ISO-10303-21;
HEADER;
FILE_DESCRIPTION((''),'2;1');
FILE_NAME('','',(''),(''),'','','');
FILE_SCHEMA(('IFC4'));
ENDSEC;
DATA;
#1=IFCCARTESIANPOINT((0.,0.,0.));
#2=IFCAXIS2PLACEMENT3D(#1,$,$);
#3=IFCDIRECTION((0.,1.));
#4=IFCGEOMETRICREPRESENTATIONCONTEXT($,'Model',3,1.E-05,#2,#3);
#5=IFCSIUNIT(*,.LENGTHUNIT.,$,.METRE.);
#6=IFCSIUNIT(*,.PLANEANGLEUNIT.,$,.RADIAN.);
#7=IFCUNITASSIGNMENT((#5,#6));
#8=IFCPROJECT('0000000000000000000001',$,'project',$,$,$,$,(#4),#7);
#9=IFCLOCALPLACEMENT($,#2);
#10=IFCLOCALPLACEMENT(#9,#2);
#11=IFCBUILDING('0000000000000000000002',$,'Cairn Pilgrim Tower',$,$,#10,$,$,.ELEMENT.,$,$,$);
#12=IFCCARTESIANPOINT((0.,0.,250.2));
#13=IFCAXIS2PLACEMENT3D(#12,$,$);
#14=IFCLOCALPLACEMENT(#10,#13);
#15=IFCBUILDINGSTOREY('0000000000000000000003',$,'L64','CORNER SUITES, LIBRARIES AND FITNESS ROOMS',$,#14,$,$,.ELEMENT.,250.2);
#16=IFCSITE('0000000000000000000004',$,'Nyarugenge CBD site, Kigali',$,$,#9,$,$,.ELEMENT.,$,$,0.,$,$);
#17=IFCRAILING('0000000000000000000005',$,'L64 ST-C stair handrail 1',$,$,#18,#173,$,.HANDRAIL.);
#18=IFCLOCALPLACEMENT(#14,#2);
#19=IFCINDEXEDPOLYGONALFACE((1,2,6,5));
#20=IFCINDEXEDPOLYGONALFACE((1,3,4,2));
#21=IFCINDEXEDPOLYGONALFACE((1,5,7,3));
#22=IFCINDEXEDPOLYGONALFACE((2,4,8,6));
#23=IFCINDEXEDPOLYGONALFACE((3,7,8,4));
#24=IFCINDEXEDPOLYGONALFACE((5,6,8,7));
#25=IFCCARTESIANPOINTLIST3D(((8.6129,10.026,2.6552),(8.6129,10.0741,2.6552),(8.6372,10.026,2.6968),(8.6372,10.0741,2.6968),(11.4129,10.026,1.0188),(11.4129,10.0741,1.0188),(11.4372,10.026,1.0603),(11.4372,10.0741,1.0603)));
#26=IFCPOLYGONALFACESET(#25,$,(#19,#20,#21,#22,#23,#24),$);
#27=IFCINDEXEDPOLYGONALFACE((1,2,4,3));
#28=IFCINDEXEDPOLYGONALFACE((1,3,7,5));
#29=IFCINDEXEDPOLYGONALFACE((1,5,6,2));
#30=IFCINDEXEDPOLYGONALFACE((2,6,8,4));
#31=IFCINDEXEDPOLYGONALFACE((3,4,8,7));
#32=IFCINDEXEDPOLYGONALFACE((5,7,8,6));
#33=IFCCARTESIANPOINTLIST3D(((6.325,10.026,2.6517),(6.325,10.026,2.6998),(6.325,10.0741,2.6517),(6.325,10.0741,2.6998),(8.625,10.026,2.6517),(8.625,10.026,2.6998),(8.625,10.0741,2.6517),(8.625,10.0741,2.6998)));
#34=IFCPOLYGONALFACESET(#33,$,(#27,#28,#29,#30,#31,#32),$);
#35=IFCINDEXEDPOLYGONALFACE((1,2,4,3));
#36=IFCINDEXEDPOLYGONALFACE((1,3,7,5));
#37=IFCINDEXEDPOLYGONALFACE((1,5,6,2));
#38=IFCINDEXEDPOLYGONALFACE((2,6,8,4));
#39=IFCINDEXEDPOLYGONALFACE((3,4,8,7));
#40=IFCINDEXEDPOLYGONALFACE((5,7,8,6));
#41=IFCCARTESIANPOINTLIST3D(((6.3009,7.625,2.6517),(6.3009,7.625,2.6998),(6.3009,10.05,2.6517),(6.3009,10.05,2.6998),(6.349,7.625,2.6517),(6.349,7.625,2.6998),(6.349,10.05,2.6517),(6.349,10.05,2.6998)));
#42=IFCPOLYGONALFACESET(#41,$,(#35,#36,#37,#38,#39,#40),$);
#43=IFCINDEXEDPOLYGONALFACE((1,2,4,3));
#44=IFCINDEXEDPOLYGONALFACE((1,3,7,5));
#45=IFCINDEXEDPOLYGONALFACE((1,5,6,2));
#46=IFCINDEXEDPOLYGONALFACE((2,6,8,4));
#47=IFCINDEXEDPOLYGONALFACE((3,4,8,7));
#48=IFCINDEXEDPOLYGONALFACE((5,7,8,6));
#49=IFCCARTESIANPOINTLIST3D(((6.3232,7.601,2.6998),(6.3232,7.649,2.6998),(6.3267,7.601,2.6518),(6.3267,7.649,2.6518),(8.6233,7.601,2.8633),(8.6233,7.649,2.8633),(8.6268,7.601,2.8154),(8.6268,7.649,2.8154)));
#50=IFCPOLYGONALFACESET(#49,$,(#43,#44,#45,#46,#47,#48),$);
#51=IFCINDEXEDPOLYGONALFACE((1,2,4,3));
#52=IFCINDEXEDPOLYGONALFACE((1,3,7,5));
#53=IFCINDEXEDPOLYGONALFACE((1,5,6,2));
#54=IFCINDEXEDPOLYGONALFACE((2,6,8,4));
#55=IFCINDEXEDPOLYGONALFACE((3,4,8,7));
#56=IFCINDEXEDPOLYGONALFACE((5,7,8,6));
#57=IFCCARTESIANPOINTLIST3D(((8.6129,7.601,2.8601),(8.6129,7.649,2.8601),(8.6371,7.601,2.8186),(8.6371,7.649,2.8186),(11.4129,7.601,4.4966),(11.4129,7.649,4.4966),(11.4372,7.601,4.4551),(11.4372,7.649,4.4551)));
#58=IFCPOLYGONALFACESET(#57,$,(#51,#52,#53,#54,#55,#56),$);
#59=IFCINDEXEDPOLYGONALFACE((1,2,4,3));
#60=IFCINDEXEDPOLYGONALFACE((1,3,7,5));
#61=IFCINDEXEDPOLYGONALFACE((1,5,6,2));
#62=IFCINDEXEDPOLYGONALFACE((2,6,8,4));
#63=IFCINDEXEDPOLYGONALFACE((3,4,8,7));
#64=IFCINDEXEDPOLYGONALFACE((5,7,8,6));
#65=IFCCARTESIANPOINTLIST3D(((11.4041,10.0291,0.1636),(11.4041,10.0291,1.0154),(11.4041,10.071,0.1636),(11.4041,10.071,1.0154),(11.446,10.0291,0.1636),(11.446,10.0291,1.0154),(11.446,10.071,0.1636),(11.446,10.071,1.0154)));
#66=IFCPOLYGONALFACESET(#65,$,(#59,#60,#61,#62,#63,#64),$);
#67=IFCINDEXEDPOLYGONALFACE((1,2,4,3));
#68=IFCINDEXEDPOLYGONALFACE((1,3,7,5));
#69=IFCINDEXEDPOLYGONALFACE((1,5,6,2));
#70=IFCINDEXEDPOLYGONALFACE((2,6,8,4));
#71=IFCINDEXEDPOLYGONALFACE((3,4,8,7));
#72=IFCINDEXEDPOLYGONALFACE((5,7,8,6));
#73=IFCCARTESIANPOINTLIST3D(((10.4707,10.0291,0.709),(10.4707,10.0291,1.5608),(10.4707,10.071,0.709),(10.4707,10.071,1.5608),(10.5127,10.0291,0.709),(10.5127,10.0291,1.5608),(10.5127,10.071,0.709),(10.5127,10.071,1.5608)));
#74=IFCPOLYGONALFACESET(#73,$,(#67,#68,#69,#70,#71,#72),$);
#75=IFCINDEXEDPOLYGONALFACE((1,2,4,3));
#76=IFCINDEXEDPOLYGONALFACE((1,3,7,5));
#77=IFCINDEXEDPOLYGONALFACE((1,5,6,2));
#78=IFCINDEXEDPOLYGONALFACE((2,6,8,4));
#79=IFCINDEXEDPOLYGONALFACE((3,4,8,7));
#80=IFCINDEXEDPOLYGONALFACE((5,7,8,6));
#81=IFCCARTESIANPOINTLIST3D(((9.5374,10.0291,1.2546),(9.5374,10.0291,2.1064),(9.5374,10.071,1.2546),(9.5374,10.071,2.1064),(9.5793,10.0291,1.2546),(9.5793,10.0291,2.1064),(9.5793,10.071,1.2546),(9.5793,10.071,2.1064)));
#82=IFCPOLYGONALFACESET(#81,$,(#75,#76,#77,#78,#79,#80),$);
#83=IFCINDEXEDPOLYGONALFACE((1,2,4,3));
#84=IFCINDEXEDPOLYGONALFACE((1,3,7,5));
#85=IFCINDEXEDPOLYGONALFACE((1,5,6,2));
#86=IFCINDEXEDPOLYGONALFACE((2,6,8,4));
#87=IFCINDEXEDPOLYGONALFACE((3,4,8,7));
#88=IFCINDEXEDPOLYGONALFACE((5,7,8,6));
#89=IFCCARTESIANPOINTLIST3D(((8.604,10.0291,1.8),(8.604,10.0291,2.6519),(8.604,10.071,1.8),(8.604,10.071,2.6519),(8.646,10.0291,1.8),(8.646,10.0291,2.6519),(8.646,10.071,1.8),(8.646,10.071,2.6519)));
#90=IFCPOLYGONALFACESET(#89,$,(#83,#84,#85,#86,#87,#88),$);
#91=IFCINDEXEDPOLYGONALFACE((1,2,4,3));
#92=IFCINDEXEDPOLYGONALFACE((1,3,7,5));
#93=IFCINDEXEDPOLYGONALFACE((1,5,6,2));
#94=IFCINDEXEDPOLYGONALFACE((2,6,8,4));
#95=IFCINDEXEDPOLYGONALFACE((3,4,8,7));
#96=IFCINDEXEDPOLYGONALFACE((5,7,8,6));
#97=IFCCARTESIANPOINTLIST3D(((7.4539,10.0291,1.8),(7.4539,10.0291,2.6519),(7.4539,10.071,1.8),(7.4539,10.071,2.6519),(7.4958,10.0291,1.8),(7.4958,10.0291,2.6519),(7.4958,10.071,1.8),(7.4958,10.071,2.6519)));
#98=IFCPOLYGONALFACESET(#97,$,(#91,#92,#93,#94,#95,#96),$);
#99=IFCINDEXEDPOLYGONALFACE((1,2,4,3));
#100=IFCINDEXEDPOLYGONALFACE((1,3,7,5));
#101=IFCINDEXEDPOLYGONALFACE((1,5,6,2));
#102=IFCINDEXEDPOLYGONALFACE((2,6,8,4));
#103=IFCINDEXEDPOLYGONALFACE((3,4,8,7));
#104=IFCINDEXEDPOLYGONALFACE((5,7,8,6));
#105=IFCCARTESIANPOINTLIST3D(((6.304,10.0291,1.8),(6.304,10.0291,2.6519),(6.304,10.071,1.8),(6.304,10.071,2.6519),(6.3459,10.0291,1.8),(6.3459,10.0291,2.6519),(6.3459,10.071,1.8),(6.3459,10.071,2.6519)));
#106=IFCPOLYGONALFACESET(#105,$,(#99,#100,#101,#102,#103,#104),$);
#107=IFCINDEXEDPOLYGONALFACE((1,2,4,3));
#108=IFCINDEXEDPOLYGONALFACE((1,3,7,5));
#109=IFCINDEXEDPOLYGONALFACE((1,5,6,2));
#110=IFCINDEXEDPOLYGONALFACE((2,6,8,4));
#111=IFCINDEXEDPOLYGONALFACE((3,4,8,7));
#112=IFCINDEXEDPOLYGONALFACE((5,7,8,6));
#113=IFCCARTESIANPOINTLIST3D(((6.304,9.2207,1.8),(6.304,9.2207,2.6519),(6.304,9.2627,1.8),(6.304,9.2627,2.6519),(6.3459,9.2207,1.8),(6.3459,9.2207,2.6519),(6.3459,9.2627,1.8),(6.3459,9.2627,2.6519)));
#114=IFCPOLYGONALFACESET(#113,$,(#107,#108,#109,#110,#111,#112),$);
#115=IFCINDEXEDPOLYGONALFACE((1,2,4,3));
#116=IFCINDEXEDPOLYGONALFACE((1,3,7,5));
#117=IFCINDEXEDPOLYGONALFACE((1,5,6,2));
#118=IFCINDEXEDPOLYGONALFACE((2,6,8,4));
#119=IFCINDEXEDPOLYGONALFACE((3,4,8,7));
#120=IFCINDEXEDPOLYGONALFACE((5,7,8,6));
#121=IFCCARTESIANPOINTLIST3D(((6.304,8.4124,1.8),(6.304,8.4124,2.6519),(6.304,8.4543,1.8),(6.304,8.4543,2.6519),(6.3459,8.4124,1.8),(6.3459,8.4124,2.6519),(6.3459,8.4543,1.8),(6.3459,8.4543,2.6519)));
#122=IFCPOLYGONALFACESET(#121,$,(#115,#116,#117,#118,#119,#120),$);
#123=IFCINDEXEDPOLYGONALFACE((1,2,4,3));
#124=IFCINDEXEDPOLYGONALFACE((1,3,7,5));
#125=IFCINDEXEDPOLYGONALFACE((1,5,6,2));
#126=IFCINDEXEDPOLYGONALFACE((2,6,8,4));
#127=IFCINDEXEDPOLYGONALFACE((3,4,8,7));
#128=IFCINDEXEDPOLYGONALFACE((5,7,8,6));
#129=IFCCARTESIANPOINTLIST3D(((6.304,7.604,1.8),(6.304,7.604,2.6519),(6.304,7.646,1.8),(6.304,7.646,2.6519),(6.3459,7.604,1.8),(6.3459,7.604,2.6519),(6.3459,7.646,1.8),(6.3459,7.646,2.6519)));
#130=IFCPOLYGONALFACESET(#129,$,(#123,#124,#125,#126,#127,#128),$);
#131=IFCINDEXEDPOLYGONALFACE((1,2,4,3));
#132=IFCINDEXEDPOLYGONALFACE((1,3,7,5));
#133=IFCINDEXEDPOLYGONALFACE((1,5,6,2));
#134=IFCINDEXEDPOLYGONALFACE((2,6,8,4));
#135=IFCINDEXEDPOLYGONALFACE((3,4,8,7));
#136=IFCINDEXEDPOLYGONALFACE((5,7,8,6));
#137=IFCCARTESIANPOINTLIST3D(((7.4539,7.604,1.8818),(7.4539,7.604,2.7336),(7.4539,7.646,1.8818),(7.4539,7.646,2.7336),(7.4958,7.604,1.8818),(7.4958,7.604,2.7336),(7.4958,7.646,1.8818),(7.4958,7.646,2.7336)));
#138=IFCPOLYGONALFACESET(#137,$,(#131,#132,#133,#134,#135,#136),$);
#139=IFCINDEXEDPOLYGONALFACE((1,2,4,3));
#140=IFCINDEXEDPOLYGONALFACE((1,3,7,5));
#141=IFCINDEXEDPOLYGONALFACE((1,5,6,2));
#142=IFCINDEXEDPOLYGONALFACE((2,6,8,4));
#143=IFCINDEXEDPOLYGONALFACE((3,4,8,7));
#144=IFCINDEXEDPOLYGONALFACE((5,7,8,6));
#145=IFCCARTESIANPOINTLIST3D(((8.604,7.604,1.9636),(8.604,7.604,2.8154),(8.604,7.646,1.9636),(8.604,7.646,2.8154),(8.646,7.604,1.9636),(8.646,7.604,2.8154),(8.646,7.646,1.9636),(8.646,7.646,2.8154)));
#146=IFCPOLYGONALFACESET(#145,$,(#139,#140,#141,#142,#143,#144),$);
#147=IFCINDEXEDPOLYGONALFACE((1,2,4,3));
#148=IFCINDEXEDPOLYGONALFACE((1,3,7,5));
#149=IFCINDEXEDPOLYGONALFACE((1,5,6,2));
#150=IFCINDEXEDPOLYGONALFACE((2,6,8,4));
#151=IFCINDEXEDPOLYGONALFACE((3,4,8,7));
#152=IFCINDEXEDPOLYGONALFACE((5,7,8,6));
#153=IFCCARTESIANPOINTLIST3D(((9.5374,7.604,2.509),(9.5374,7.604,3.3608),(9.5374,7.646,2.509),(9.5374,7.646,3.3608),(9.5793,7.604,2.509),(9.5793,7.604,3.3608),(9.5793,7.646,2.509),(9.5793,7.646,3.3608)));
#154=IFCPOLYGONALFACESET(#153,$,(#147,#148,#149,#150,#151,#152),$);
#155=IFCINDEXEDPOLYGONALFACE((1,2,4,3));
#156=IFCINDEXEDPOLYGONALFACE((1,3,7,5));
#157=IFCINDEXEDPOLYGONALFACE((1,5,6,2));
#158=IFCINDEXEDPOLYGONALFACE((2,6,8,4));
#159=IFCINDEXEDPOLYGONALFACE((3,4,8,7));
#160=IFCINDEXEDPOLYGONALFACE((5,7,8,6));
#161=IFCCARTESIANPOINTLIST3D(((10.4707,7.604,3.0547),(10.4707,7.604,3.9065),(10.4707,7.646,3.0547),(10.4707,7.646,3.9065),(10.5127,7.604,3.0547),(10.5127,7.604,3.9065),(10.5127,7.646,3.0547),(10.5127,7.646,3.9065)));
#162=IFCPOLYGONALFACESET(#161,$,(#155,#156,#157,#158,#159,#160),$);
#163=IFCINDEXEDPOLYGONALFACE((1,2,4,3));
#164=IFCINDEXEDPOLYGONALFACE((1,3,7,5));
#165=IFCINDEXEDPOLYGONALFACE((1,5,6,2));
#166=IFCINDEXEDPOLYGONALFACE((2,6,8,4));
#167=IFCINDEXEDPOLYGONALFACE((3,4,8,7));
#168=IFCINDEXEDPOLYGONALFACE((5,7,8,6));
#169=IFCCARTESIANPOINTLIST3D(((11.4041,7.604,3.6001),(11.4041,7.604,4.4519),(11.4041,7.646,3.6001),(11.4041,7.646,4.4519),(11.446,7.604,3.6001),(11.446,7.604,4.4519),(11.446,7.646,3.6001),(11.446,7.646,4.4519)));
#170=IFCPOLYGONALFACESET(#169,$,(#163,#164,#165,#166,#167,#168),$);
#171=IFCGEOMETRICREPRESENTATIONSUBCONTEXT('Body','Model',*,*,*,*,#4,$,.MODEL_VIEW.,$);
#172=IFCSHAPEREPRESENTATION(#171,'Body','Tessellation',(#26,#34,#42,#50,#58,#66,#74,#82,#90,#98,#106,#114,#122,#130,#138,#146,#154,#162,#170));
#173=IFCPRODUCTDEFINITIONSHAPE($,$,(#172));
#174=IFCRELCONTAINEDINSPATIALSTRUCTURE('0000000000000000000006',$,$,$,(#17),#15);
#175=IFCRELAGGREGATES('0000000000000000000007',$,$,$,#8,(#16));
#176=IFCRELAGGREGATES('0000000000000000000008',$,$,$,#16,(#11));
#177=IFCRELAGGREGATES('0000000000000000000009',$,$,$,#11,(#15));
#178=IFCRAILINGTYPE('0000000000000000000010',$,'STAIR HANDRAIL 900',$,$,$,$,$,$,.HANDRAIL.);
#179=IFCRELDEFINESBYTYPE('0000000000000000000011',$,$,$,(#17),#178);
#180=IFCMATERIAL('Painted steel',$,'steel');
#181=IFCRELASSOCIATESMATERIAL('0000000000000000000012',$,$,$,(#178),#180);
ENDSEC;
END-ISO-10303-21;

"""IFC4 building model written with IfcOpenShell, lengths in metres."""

from ifc_helpers import new_model, si_unit, direction, frame, origin, origin_2d, place, context, subcontext, project, spatial, rectangle, extrude, material, type_object, element, save


model = new_model("IFC4")

# Units and contexts
model_context = context("Model", 3, precision=1e-05, world=origin(), true_north=direction((0.0, 1.0)))
body_context = subcontext(model_context, "Body", "Model", "MODEL_VIEW")
ifc_project = project(units=[si_unit("LENGTHUNIT", "METRE"), si_unit("PLANEANGLEUNIT", "RADIAN")], contexts=[model_context])

# Site, building, storey
site_placement = place(None, origin())
site = spatial("IfcSite", under=ifc_project, at=site_placement, Name="Nyarugenge CBD site, Kigali", CompositionType="ELEMENT", RefElevation=0.0)
building_placement = place(site_placement, origin())
building = spatial("IfcBuilding", under=site, at=building_placement, Name="Cairn Pilgrim Tower", CompositionType="ELEMENT")
storey_placement = place(building_placement, frame((0.0, 0.0, 250.2)))
storey = spatial("IfcBuildingStorey", under=building, at=storey_placement, Name="L64", Description="CORNER SUITES, LIBRARIES AND FITNESS ROOMS", CompositionType="ELEMENT", Elevation=250.2)

# Shared definitions
ifc_material_1 = material(Name="Painted steel", Category="steel")

# Railing
railing_type_1 = type_object("IfcRailingType", Name="STAIR HANDRAIL 900", PredefinedType="HANDRAIL", material=ifc_material_1)
railing_1_placement = place(storey_placement, frame((11.425, 10.05, 0.1636)))
element("IfcRailing", 1, at=railing_1_placement, inside=storey, type_object=railing_type_1, Name="L64 ST-C stair handrail 1", PredefinedType="HANDRAIL", context=body_context, shape_type="SweptSolid", body=[
    extrude(rectangle(XDim=0.0481, YDim=0.0481, at=origin_2d()), frame((0.0, 0.0, 0.876), z_axis=(-0.863361, 0.0, 0.504587), x_axis=(0.0, -1.0, 0.0)), (0.0, 0.0, 1.0), 3.2432),
    extrude(rectangle(XDim=0.0481, YDim=0.0481, at=origin_2d()), frame((-2.8, 0.0, 2.5122), z_axis=(-1.0, 0.0, 0.0), x_axis=(0.0, -1.0, 0.0)), (0.0, 0.0, 1.0), 2.3),
    extrude(rectangle(XDim=0.0481, YDim=0.0481, at=origin_2d()), frame((-5.1001, 0.0, 2.5122), z_axis=(0.0, -1.0, 0.0), x_axis=(1.0, 0.0, 0.0)), (0.0, 0.0, 1.0), 2.425),
    extrude(rectangle(XDim=0.0481, YDim=0.0481, at=origin_2d()), frame((-5.1001, -2.425, 2.5122), z_axis=(0.997481, 0.0, 0.070939), x_axis=(0.0, 1.0, 0.0)), (0.0, 0.0, 1.0), 2.3059),
    extrude(rectangle(XDim=0.0481, YDim=0.0481, at=origin_2d()), frame((-2.8, -2.425, 2.6758), z_axis=(0.863361, 0.0, 0.504587), x_axis=(0.0, 1.0, 0.0)), (0.0, 0.0, 1.0), 3.2432),
    extrude(rectangle(XDim=0.042, YDim=0.042, at=origin_2d()), origin(), (0.0, 0.0, 1.0), 0.8518),
    extrude(rectangle(XDim=0.042, YDim=0.042, at=origin_2d()), frame((-0.9333, 0.0, 0.5454)), (0.0, 0.0, 1.0), 0.8518),
    extrude(rectangle(XDim=0.042, YDim=0.042, at=origin_2d()), frame((-1.8667, 0.0, 1.0911)), (0.0, 0.0, 1.0), 0.8518),
    extrude(rectangle(XDim=0.042, YDim=0.042, at=origin_2d()), frame((-2.8, 0.0, 1.6365)), (0.0, 0.0, 1.0), 0.8518),
    extrude(rectangle(XDim=0.042, YDim=0.042, at=origin_2d()), frame((-3.9502, 0.0, 1.6365)), (0.0, 0.0, 1.0), 0.8518),
    extrude(rectangle(XDim=0.042, YDim=0.042, at=origin_2d()), frame((-5.1001, 0.0, 1.6365)), (0.0, 0.0, 1.0), 0.8518),
    extrude(rectangle(XDim=0.042, YDim=0.042, at=origin_2d()), frame((-5.1001, -0.8083, 1.6365)), (0.0, 0.0, 1.0), 0.8518),
    extrude(rectangle(XDim=0.042, YDim=0.042, at=origin_2d()), frame((-5.1001, -1.6167, 1.6365)), (0.0, 0.0, 1.0), 0.8518),
    extrude(rectangle(XDim=0.042, YDim=0.042, at=origin_2d()), frame((-5.1001, -2.425, 1.6365)), (0.0, 0.0, 1.0), 0.8518),
    extrude(rectangle(XDim=0.042, YDim=0.042, at=origin_2d()), frame((-3.9502, -2.425, 1.7183)), (0.0, 0.0, 1.0), 0.8518),
    extrude(rectangle(XDim=0.042, YDim=0.042, at=origin_2d()), frame((-2.8, -2.425, 1.8)), (0.0, 0.0, 1.0), 0.8518),
    extrude(rectangle(XDim=0.042, YDim=0.042, at=origin_2d()), frame((-1.8667, -2.425, 2.3455)), (0.0, 0.0, 1.0), 0.8518),
    extrude(rectangle(XDim=0.042, YDim=0.042, at=origin_2d()), frame((-0.9333, -2.425, 2.8911)), (0.0, 0.0, 1.0), 0.8518),
    extrude(rectangle(XDim=0.042, YDim=0.042, at=origin_2d()), frame((0.0, -2.425, 3.4365)), (0.0, 0.0, 1.0), 0.8518),
])

save(model, "model.ifc")
